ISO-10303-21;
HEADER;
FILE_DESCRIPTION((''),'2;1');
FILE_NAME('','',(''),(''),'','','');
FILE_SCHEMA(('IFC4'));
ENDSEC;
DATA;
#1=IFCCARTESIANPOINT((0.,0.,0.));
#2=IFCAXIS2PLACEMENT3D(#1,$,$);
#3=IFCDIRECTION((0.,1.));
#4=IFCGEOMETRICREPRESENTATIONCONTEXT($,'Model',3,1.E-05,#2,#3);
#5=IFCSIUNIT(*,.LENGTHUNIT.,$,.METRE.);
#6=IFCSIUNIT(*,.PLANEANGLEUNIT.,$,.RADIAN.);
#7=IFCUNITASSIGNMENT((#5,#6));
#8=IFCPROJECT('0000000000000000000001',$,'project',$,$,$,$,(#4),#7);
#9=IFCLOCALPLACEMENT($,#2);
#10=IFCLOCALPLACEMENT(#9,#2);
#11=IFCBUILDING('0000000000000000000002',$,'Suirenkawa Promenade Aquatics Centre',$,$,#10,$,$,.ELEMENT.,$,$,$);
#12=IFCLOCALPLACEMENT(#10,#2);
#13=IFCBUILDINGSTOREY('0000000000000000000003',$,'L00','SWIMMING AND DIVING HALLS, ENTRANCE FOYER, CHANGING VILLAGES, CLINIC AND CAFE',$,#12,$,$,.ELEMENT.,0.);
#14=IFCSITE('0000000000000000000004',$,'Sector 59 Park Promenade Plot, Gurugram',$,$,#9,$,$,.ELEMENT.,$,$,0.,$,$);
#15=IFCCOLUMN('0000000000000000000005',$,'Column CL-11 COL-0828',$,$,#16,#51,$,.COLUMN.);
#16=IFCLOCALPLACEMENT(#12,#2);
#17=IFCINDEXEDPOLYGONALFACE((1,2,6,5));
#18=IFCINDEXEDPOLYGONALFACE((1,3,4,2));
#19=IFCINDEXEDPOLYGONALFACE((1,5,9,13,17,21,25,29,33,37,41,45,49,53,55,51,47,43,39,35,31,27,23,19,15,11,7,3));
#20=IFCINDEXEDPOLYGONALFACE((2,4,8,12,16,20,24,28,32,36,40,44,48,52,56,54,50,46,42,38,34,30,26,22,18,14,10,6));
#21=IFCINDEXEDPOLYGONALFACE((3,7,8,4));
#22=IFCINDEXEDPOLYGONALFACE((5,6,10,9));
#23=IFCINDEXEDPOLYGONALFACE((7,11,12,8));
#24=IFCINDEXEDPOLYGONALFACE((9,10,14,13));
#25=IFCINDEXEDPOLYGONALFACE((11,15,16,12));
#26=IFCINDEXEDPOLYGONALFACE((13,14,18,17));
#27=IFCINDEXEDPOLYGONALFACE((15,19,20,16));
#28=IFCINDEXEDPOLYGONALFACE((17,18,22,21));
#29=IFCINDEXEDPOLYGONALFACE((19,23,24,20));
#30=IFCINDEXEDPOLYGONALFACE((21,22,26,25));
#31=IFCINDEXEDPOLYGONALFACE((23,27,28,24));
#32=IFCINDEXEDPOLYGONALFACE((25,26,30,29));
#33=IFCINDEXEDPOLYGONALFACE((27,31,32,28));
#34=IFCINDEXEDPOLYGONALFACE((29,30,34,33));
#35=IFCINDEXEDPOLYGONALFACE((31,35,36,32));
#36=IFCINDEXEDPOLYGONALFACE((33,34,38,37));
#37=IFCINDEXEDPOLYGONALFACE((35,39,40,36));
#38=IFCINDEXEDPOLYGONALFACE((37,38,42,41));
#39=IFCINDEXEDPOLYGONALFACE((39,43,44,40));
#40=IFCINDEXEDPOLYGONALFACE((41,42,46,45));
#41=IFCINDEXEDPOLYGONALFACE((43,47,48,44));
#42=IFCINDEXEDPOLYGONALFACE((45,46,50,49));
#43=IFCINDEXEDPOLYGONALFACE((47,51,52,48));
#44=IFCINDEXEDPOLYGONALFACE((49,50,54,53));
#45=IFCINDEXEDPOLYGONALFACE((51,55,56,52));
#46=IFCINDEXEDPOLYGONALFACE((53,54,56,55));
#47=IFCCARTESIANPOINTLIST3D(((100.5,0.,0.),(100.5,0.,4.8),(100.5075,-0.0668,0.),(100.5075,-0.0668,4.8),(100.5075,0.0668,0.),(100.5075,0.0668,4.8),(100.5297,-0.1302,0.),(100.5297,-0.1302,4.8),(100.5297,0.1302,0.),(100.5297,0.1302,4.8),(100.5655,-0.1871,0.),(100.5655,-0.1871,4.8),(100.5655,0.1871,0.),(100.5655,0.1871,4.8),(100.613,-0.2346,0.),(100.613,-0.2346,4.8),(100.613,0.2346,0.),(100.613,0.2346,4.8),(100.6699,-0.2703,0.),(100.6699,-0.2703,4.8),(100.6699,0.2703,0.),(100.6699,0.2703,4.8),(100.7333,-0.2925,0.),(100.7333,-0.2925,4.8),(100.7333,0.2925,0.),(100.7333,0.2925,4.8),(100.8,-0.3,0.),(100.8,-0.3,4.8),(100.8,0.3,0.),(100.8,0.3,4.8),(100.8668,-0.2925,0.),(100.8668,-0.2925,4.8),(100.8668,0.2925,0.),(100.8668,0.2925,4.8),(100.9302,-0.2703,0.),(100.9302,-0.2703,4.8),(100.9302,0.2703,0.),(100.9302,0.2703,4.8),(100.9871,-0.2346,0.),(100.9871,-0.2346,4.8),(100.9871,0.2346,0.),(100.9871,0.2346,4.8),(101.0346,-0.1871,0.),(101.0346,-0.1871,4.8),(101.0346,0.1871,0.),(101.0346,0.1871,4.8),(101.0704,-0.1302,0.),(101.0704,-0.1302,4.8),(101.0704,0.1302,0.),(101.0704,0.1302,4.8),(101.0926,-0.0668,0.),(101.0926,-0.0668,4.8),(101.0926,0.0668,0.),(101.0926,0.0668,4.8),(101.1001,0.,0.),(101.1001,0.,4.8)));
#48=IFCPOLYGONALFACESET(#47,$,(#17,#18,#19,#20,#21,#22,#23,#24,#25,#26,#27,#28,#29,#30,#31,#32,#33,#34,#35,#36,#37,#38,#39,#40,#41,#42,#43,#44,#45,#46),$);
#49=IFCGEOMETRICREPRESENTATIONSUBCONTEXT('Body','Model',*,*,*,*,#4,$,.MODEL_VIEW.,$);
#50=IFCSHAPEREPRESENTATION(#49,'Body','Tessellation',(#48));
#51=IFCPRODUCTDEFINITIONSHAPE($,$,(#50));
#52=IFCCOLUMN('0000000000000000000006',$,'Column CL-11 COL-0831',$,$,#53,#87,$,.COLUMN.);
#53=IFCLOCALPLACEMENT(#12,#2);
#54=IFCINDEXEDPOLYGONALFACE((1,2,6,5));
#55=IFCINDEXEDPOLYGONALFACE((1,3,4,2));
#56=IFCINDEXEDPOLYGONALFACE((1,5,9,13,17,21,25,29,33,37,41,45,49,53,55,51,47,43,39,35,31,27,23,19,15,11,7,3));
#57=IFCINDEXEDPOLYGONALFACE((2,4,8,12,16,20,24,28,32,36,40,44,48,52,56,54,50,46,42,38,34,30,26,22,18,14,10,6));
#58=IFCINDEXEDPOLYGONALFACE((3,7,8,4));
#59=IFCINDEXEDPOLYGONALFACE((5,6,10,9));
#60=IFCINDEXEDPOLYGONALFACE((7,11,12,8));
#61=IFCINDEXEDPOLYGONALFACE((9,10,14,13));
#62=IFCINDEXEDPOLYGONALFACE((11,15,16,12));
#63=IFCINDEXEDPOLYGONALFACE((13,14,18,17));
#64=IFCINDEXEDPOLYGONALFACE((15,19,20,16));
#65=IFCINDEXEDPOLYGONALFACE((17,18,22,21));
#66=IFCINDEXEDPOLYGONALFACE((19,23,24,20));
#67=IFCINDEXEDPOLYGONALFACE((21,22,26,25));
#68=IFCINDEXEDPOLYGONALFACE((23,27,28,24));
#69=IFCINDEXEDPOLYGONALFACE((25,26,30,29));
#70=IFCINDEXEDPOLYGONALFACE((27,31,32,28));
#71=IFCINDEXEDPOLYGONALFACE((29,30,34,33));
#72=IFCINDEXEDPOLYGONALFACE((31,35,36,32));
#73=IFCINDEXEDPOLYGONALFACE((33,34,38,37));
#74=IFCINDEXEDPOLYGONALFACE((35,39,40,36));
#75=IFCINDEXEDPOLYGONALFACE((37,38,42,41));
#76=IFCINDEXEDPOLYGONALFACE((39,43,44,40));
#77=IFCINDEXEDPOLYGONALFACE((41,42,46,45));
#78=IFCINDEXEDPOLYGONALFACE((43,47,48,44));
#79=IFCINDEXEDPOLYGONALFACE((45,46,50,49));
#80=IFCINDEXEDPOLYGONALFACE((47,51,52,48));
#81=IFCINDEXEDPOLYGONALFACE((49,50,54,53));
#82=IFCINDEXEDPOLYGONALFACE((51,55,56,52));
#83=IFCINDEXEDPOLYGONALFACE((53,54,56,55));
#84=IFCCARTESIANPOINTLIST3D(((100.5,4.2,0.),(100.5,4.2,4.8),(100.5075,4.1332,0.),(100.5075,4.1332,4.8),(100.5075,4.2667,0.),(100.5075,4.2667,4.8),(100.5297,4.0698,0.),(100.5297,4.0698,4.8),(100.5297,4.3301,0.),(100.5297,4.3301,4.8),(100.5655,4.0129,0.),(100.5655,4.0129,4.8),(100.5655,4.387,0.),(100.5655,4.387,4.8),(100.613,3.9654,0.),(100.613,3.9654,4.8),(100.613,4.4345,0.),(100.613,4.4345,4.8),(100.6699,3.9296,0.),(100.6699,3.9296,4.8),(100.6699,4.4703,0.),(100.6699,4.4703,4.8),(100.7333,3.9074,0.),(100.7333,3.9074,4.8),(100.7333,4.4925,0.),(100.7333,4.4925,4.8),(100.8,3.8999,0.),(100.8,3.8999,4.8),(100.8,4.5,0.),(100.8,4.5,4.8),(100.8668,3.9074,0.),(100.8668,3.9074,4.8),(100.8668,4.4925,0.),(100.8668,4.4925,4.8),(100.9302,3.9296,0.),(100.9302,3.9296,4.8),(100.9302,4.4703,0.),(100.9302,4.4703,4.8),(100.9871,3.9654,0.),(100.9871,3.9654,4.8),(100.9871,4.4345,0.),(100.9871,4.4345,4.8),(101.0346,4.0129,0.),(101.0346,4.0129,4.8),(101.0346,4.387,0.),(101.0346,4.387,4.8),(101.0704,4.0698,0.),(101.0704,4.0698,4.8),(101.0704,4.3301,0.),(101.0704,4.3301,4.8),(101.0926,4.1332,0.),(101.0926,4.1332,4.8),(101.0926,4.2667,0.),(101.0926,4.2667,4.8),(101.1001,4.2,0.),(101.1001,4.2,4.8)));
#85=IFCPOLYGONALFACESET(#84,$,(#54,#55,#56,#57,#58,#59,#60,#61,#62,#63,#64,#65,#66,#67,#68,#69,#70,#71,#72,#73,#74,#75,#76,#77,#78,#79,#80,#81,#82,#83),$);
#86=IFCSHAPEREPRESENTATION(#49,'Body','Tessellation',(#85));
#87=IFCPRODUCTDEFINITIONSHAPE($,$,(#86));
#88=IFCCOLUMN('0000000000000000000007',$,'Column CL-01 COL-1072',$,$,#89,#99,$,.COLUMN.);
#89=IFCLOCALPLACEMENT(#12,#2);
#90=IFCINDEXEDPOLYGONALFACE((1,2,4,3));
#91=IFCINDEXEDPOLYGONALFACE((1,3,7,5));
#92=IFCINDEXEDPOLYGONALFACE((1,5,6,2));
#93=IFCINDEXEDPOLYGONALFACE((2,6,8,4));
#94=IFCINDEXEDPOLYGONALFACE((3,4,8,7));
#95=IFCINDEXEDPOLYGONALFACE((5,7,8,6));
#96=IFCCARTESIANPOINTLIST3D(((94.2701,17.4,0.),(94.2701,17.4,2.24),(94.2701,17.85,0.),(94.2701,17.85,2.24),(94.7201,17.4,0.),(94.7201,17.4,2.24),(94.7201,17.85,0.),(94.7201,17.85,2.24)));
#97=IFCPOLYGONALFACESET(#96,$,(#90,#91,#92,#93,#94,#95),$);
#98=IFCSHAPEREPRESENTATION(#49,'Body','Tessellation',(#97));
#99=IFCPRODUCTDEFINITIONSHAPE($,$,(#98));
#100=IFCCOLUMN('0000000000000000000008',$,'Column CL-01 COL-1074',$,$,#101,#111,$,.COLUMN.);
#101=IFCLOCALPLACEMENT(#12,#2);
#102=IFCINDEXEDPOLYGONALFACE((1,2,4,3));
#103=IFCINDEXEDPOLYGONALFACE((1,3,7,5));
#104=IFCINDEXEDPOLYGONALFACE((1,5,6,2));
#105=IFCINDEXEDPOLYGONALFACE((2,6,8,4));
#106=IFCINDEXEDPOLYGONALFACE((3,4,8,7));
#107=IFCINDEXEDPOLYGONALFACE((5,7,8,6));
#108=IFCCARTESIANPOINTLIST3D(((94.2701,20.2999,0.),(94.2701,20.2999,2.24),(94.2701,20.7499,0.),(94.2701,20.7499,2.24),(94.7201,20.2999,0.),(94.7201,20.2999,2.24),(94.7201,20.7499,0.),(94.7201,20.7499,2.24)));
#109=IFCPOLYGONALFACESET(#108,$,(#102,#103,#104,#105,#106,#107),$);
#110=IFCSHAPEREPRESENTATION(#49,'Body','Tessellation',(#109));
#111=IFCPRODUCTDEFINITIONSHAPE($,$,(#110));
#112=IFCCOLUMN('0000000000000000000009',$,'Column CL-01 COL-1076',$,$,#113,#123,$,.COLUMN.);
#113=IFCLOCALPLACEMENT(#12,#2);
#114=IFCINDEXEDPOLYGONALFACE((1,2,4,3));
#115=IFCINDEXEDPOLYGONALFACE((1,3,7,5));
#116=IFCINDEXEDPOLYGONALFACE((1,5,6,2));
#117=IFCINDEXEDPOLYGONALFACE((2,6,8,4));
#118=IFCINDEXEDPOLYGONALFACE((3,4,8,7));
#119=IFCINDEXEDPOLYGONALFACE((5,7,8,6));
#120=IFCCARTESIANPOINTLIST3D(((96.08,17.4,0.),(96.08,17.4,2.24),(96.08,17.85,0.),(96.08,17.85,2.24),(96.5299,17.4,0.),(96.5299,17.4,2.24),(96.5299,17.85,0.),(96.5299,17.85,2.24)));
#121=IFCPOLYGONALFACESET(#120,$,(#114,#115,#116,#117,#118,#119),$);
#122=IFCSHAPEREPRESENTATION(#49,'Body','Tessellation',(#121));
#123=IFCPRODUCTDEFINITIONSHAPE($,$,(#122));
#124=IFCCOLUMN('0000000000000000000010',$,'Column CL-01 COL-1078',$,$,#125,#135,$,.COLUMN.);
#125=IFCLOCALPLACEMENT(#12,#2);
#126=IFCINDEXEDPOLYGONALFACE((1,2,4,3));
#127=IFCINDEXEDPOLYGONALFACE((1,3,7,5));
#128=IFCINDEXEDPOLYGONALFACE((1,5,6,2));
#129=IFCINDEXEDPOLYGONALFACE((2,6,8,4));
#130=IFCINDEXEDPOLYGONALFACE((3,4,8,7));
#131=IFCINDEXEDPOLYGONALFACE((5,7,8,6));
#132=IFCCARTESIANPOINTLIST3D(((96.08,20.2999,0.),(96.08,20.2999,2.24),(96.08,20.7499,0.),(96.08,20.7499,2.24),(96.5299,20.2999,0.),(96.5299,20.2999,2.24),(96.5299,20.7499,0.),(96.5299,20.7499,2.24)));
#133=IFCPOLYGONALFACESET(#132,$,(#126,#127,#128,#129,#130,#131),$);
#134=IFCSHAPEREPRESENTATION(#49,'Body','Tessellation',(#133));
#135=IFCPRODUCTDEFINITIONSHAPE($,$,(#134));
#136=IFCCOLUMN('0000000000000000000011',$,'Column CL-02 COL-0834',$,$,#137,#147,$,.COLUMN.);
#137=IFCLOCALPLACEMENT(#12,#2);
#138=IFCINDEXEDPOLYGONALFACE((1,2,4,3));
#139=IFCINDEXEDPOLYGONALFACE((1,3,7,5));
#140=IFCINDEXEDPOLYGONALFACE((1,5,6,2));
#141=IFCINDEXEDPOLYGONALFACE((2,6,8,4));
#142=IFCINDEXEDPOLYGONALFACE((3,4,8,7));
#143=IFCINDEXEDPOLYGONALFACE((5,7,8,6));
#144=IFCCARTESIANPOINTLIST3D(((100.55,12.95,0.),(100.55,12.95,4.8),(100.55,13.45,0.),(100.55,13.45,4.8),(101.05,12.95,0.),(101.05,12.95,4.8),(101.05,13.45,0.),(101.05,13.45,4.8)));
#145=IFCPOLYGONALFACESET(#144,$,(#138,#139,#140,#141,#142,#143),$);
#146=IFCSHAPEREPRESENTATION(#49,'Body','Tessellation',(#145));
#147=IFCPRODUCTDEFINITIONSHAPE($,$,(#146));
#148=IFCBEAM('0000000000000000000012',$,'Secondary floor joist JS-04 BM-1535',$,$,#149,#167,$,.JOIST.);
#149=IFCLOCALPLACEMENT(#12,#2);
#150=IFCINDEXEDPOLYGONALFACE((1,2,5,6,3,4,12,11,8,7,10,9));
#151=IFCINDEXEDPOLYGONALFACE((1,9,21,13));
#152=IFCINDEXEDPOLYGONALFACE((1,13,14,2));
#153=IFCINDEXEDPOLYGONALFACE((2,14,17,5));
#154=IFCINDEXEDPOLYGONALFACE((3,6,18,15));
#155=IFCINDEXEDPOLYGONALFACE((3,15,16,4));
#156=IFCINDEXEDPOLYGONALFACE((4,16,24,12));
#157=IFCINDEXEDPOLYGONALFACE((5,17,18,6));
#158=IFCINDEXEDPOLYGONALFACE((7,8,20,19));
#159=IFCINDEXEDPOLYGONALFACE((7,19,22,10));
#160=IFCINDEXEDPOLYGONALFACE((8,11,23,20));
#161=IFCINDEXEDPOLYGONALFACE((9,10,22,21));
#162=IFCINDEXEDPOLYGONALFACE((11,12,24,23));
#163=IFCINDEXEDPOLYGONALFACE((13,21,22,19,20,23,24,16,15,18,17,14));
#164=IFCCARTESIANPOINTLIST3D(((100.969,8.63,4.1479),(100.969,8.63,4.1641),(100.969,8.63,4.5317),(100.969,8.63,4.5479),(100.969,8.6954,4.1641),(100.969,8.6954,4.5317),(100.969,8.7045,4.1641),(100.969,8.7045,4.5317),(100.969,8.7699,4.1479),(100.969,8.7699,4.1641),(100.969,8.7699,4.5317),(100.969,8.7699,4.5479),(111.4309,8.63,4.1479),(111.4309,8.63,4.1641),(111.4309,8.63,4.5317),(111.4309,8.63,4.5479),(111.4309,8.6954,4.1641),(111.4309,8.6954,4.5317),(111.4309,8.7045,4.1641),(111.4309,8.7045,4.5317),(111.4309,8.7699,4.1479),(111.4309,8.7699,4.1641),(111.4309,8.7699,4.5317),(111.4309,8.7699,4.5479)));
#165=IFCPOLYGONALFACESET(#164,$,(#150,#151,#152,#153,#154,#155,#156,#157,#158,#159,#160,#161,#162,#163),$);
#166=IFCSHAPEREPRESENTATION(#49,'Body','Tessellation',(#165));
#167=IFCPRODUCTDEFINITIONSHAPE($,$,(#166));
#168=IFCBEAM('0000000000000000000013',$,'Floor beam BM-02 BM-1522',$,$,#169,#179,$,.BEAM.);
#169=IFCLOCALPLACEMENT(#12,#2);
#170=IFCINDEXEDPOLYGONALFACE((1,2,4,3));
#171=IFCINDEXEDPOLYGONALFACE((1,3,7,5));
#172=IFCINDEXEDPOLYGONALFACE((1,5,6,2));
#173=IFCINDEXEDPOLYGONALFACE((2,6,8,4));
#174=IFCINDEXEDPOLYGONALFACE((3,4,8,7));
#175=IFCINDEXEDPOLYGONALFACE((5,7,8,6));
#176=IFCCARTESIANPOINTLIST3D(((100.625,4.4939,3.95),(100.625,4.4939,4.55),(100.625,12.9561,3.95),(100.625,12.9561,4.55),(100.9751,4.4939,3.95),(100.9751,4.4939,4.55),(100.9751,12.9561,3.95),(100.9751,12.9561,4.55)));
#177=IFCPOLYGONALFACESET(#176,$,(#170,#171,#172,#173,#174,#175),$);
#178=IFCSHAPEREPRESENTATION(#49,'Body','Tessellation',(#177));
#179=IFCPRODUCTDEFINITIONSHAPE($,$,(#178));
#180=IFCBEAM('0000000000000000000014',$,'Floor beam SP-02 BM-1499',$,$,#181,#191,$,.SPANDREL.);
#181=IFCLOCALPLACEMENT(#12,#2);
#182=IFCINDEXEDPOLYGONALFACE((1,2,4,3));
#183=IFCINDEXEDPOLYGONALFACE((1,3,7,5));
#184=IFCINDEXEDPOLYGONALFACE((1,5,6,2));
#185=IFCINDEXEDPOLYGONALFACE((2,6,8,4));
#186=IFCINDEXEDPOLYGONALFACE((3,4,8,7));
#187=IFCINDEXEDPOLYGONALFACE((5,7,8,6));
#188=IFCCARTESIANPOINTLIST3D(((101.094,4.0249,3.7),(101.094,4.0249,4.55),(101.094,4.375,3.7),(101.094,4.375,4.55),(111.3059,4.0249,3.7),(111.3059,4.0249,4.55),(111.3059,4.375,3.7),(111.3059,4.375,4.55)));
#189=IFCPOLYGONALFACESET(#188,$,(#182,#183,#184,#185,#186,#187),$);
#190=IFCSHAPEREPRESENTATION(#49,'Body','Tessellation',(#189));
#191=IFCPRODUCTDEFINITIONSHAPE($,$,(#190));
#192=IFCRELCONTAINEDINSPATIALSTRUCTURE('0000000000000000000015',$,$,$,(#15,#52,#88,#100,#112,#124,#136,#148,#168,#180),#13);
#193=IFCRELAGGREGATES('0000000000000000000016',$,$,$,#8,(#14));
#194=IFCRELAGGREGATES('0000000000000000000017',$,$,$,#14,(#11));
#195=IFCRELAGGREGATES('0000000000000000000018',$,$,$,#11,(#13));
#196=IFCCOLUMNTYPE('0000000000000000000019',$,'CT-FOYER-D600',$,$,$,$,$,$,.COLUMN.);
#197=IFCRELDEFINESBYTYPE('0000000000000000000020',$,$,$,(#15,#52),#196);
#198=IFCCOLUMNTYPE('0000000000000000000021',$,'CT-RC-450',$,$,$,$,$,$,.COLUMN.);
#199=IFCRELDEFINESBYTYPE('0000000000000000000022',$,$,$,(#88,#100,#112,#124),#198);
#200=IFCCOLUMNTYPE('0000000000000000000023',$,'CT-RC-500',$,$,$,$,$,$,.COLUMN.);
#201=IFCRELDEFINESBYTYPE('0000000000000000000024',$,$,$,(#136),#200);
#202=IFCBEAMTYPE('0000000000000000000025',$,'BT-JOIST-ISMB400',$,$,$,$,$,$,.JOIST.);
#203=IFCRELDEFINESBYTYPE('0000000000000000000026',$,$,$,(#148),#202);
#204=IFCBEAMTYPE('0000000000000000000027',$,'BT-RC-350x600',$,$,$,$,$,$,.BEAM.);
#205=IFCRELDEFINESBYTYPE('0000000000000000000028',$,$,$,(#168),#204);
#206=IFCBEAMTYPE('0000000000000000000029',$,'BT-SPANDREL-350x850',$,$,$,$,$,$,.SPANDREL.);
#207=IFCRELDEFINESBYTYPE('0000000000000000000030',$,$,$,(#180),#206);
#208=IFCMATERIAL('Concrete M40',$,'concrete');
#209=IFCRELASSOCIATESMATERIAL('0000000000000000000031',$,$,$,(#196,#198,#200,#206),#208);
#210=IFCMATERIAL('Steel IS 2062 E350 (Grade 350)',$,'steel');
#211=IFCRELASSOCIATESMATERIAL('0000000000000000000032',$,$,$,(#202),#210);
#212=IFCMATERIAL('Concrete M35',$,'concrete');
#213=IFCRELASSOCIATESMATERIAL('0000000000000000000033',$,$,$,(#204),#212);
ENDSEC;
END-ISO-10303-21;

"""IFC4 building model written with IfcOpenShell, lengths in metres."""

from ifc_helpers import new_model, si_unit, direction, frame, origin, origin_2d, place, context, subcontext, project, spatial, rectangle, circle, i_section, extrude, material, material_profile, profile_set, type_object, element, save


model = new_model("IFC4")

# Units and contexts
model_context = context("Model", 3, precision=1e-05, world=origin(), true_north=direction((0.0, 1.0)))
body_context = subcontext(model_context, "Body", "Model", "MODEL_VIEW")
ifc_project = project(units=[si_unit("LENGTHUNIT", "METRE"), si_unit("PLANEANGLEUNIT", "RADIAN")], contexts=[model_context])

# Site, building, storey
site_placement = place(None, origin())
site = spatial("IfcSite", under=ifc_project, at=site_placement, Name="Sector 59 Park Promenade Plot, Gurugram", CompositionType="ELEMENT", RefElevation=0.0)
building_placement = place(site_placement, origin())
building = spatial("IfcBuilding", under=site, at=building_placement, Name="Suirenkawa Promenade Aquatics Centre", CompositionType="ELEMENT")
storey_placement = place(building_placement, origin())
storey = spatial("IfcBuildingStorey", under=building, at=storey_placement, Name="L00", Description="SWIMMING AND DIVING HALLS, ENTRANCE FOYER, CHANGING VILLAGES, CLINIC AND CAFE", CompositionType="ELEMENT", Elevation=0.0)

# Columns
ifc_material_1 = material(Name="Concrete M40", Category="concrete")
ifc_material_profile_1 = material_profile(ifc_material_1, circle(Radius=0.3, at=origin_2d()), Name="RC FOYER D600", Category="concrete")
ifc_profile_set_1 = profile_set([ifc_material_profile_1], Name="Concrete M40")
column_type_1 = type_object("IfcColumnType", Name="CT-FOYER-D600", PredefinedType="COLUMN", material=ifc_profile_set_1)
for number, where, z_axis, x_axis, name in (
    (1, (100.8, 0.0, 0.0), (0.0, 0.0, 1.0), (1.0, 0.0, 0.0), "Column CL-11 COL-0828"),
    (2, (100.8, 4.2, 0.0), (0.0, 0.0, 1.0), (1.0, 0.0, 0.0), "Column CL-11 COL-0831"),
):
    element("IfcColumn", number, at=place(storey_placement, frame(where, z_axis=z_axis, x_axis=x_axis)), inside=storey, type_object=column_type_1, Name=name, PredefinedType="COLUMN", context=body_context, shape_type="SweptSolid", body=[
        extrude(circle(Radius=0.3, at=origin_2d()), origin(), (0.0, 0.0, 1.0), 4.8),
    ])
ifc_material_profile_2 = material_profile(ifc_material_1, rectangle(XDim=0.45, YDim=0.45, at=origin_2d()), Name="RC COL 450x450", Category="concrete")
ifc_profile_set_2 = profile_set([ifc_material_profile_2], Name="Concrete M40")
column_type_2 = type_object("IfcColumnType", Name="CT-RC-450", PredefinedType="COLUMN", material=ifc_profile_set_2)
for number, where, z_axis, x_axis, name in (
    (3, (94.4951, 17.625, 0.0), (0.0, 0.0, 1.0), (1.0, 0.0, 0.0), "Column CL-01 COL-1072"),
    (4, (94.4951, 20.5249, 0.0), (0.0, 0.0, 1.0), (1.0, 0.0, 0.0), "Column CL-01 COL-1074"),
    (5, (96.3049, 17.625, 0.0), (0.0, 0.0, 1.0), (1.0, 0.0, 0.0), "Column CL-01 COL-1076"),
    (6, (96.3049, 20.5249, 0.0), (0.0, 0.0, 1.0), (1.0, 0.0, 0.0), "Column CL-01 COL-1078"),
):
    element("IfcColumn", number, at=place(storey_placement, frame(where, z_axis=z_axis, x_axis=x_axis)), inside=storey, type_object=column_type_2, Name=name, PredefinedType="COLUMN", context=body_context, shape_type="SweptSolid", body=[
        extrude(rectangle(XDim=0.45, YDim=0.45, at=origin_2d()), origin(), (0.0, 0.0, 1.0), 2.24),
    ])
ifc_material_profile_3 = material_profile(ifc_material_1, rectangle(XDim=0.5, YDim=0.5, at=origin_2d()), Name="RC COL 500x500", Category="concrete")
ifc_profile_set_3 = profile_set([ifc_material_profile_3], Name="Concrete M40")
column_type_3 = type_object("IfcColumnType", Name="CT-RC-500", PredefinedType="COLUMN", material=ifc_profile_set_3)
column_placement = place(storey_placement, frame((100.8, 13.2, 0.0), z_axis=(0.0, 0.0, 1.0), x_axis=(1.0, 0.0, 0.0)))
element("IfcColumn", 7, at=column_placement, inside=storey, type_object=column_type_3, Name="Column CL-02 COL-0834", PredefinedType="COLUMN", context=body_context, shape_type="SweptSolid", body=[
    extrude(rectangle(XDim=0.5, YDim=0.5, at=origin_2d()), origin(), (0.0, 0.0, 1.0), 4.8),
])

# Beams
ifc_material_2 = material(Name="Steel IS 2062 E350 (Grade 350)", Category="steel")
ifc_material_profile_4 = material_profile(ifc_material_2, i_section(OverallWidth=0.1399, OverallDepth=0.3999, WebThickness=0.009, FlangeThickness=0.0161, at=origin_2d()), Name="ISMB 400", Category="steel")
ifc_profile_set_4 = profile_set([ifc_material_profile_4], Name="Steel IS 2062 E350 (Grade 350)")
beam_type_1 = type_object("IfcBeamType", Name="BT-JOIST-ISMB400", PredefinedType="JOIST", material=ifc_profile_set_4)
beam_1_placement = place(storey_placement, frame((100.969, 8.7, 4.3479), z_axis=(1.0, 0.0, 0.0), x_axis=(0.0, 1.0, 0.0)))
element("IfcBeam", 8, at=beam_1_placement, inside=storey, type_object=beam_type_1, Name="Secondary floor joist JS-04 BM-1535", PredefinedType="JOIST", context=body_context, shape_type="SweptSolid", body=[
    extrude(i_section(OverallWidth=0.1399, OverallDepth=0.3999, WebThickness=0.009, FlangeThickness=0.0161, at=origin_2d()), origin(), (0.0, 0.0, 1.0), 10.4619),
])
ifc_material_3 = material(Name="Concrete M35", Category="concrete")
ifc_material_profile_5 = material_profile(ifc_material_3, rectangle(XDim=0.3501, YDim=0.6001, at=origin_2d()), Name="RC BM 350x600", Category="concrete")
ifc_profile_set_5 = profile_set([ifc_material_profile_5], Name="Concrete M35")
beam_type_2 = type_object("IfcBeamType", Name="BT-RC-350x600", PredefinedType="BEAM", material=ifc_profile_set_5)
beam_2_placement = place(storey_placement, frame((100.8, 4.4939, 4.25), z_axis=(0.0, 1.0, 0.0), x_axis=(-1.0, 0.0, 0.0)))
element("IfcBeam", 9, at=beam_2_placement, inside=storey, type_object=beam_type_2, Name="Floor beam BM-02 BM-1522", PredefinedType="BEAM", context=body_context, shape_type="SweptSolid", body=[
    extrude(rectangle(XDim=0.3501, YDim=0.6001, at=origin_2d()), origin(), (0.0, 0.0, 1.0), 8.4622),
])
ifc_material_profile_6 = material_profile(ifc_material_1, rectangle(XDim=0.3501, YDim=0.8501, at=origin_2d()), Name="RC SPANDREL 350x850", Category="concrete")
ifc_profile_set_6 = profile_set([ifc_material_profile_6], Name="Concrete M40")
beam_type_3 = type_object("IfcBeamType", Name="BT-SPANDREL-350x850", PredefinedType="SPANDREL", material=ifc_profile_set_6)
beam_3_placement = place(storey_placement, frame((101.094, 4.2, 4.125), z_axis=(1.0, 0.0, 0.0), x_axis=(0.0, 1.0, 0.0)))
element("IfcBeam", 10, at=beam_3_placement, inside=storey, type_object=beam_type_3, Name="Floor beam SP-02 BM-1499", PredefinedType="SPANDREL", context=body_context, shape_type="SweptSolid", body=[
    extrude(rectangle(XDim=0.3501, YDim=0.8501, at=origin_2d()), origin(), (0.0, 0.0, 1.0), 10.2119),
])

save(model, "model.ifc")
